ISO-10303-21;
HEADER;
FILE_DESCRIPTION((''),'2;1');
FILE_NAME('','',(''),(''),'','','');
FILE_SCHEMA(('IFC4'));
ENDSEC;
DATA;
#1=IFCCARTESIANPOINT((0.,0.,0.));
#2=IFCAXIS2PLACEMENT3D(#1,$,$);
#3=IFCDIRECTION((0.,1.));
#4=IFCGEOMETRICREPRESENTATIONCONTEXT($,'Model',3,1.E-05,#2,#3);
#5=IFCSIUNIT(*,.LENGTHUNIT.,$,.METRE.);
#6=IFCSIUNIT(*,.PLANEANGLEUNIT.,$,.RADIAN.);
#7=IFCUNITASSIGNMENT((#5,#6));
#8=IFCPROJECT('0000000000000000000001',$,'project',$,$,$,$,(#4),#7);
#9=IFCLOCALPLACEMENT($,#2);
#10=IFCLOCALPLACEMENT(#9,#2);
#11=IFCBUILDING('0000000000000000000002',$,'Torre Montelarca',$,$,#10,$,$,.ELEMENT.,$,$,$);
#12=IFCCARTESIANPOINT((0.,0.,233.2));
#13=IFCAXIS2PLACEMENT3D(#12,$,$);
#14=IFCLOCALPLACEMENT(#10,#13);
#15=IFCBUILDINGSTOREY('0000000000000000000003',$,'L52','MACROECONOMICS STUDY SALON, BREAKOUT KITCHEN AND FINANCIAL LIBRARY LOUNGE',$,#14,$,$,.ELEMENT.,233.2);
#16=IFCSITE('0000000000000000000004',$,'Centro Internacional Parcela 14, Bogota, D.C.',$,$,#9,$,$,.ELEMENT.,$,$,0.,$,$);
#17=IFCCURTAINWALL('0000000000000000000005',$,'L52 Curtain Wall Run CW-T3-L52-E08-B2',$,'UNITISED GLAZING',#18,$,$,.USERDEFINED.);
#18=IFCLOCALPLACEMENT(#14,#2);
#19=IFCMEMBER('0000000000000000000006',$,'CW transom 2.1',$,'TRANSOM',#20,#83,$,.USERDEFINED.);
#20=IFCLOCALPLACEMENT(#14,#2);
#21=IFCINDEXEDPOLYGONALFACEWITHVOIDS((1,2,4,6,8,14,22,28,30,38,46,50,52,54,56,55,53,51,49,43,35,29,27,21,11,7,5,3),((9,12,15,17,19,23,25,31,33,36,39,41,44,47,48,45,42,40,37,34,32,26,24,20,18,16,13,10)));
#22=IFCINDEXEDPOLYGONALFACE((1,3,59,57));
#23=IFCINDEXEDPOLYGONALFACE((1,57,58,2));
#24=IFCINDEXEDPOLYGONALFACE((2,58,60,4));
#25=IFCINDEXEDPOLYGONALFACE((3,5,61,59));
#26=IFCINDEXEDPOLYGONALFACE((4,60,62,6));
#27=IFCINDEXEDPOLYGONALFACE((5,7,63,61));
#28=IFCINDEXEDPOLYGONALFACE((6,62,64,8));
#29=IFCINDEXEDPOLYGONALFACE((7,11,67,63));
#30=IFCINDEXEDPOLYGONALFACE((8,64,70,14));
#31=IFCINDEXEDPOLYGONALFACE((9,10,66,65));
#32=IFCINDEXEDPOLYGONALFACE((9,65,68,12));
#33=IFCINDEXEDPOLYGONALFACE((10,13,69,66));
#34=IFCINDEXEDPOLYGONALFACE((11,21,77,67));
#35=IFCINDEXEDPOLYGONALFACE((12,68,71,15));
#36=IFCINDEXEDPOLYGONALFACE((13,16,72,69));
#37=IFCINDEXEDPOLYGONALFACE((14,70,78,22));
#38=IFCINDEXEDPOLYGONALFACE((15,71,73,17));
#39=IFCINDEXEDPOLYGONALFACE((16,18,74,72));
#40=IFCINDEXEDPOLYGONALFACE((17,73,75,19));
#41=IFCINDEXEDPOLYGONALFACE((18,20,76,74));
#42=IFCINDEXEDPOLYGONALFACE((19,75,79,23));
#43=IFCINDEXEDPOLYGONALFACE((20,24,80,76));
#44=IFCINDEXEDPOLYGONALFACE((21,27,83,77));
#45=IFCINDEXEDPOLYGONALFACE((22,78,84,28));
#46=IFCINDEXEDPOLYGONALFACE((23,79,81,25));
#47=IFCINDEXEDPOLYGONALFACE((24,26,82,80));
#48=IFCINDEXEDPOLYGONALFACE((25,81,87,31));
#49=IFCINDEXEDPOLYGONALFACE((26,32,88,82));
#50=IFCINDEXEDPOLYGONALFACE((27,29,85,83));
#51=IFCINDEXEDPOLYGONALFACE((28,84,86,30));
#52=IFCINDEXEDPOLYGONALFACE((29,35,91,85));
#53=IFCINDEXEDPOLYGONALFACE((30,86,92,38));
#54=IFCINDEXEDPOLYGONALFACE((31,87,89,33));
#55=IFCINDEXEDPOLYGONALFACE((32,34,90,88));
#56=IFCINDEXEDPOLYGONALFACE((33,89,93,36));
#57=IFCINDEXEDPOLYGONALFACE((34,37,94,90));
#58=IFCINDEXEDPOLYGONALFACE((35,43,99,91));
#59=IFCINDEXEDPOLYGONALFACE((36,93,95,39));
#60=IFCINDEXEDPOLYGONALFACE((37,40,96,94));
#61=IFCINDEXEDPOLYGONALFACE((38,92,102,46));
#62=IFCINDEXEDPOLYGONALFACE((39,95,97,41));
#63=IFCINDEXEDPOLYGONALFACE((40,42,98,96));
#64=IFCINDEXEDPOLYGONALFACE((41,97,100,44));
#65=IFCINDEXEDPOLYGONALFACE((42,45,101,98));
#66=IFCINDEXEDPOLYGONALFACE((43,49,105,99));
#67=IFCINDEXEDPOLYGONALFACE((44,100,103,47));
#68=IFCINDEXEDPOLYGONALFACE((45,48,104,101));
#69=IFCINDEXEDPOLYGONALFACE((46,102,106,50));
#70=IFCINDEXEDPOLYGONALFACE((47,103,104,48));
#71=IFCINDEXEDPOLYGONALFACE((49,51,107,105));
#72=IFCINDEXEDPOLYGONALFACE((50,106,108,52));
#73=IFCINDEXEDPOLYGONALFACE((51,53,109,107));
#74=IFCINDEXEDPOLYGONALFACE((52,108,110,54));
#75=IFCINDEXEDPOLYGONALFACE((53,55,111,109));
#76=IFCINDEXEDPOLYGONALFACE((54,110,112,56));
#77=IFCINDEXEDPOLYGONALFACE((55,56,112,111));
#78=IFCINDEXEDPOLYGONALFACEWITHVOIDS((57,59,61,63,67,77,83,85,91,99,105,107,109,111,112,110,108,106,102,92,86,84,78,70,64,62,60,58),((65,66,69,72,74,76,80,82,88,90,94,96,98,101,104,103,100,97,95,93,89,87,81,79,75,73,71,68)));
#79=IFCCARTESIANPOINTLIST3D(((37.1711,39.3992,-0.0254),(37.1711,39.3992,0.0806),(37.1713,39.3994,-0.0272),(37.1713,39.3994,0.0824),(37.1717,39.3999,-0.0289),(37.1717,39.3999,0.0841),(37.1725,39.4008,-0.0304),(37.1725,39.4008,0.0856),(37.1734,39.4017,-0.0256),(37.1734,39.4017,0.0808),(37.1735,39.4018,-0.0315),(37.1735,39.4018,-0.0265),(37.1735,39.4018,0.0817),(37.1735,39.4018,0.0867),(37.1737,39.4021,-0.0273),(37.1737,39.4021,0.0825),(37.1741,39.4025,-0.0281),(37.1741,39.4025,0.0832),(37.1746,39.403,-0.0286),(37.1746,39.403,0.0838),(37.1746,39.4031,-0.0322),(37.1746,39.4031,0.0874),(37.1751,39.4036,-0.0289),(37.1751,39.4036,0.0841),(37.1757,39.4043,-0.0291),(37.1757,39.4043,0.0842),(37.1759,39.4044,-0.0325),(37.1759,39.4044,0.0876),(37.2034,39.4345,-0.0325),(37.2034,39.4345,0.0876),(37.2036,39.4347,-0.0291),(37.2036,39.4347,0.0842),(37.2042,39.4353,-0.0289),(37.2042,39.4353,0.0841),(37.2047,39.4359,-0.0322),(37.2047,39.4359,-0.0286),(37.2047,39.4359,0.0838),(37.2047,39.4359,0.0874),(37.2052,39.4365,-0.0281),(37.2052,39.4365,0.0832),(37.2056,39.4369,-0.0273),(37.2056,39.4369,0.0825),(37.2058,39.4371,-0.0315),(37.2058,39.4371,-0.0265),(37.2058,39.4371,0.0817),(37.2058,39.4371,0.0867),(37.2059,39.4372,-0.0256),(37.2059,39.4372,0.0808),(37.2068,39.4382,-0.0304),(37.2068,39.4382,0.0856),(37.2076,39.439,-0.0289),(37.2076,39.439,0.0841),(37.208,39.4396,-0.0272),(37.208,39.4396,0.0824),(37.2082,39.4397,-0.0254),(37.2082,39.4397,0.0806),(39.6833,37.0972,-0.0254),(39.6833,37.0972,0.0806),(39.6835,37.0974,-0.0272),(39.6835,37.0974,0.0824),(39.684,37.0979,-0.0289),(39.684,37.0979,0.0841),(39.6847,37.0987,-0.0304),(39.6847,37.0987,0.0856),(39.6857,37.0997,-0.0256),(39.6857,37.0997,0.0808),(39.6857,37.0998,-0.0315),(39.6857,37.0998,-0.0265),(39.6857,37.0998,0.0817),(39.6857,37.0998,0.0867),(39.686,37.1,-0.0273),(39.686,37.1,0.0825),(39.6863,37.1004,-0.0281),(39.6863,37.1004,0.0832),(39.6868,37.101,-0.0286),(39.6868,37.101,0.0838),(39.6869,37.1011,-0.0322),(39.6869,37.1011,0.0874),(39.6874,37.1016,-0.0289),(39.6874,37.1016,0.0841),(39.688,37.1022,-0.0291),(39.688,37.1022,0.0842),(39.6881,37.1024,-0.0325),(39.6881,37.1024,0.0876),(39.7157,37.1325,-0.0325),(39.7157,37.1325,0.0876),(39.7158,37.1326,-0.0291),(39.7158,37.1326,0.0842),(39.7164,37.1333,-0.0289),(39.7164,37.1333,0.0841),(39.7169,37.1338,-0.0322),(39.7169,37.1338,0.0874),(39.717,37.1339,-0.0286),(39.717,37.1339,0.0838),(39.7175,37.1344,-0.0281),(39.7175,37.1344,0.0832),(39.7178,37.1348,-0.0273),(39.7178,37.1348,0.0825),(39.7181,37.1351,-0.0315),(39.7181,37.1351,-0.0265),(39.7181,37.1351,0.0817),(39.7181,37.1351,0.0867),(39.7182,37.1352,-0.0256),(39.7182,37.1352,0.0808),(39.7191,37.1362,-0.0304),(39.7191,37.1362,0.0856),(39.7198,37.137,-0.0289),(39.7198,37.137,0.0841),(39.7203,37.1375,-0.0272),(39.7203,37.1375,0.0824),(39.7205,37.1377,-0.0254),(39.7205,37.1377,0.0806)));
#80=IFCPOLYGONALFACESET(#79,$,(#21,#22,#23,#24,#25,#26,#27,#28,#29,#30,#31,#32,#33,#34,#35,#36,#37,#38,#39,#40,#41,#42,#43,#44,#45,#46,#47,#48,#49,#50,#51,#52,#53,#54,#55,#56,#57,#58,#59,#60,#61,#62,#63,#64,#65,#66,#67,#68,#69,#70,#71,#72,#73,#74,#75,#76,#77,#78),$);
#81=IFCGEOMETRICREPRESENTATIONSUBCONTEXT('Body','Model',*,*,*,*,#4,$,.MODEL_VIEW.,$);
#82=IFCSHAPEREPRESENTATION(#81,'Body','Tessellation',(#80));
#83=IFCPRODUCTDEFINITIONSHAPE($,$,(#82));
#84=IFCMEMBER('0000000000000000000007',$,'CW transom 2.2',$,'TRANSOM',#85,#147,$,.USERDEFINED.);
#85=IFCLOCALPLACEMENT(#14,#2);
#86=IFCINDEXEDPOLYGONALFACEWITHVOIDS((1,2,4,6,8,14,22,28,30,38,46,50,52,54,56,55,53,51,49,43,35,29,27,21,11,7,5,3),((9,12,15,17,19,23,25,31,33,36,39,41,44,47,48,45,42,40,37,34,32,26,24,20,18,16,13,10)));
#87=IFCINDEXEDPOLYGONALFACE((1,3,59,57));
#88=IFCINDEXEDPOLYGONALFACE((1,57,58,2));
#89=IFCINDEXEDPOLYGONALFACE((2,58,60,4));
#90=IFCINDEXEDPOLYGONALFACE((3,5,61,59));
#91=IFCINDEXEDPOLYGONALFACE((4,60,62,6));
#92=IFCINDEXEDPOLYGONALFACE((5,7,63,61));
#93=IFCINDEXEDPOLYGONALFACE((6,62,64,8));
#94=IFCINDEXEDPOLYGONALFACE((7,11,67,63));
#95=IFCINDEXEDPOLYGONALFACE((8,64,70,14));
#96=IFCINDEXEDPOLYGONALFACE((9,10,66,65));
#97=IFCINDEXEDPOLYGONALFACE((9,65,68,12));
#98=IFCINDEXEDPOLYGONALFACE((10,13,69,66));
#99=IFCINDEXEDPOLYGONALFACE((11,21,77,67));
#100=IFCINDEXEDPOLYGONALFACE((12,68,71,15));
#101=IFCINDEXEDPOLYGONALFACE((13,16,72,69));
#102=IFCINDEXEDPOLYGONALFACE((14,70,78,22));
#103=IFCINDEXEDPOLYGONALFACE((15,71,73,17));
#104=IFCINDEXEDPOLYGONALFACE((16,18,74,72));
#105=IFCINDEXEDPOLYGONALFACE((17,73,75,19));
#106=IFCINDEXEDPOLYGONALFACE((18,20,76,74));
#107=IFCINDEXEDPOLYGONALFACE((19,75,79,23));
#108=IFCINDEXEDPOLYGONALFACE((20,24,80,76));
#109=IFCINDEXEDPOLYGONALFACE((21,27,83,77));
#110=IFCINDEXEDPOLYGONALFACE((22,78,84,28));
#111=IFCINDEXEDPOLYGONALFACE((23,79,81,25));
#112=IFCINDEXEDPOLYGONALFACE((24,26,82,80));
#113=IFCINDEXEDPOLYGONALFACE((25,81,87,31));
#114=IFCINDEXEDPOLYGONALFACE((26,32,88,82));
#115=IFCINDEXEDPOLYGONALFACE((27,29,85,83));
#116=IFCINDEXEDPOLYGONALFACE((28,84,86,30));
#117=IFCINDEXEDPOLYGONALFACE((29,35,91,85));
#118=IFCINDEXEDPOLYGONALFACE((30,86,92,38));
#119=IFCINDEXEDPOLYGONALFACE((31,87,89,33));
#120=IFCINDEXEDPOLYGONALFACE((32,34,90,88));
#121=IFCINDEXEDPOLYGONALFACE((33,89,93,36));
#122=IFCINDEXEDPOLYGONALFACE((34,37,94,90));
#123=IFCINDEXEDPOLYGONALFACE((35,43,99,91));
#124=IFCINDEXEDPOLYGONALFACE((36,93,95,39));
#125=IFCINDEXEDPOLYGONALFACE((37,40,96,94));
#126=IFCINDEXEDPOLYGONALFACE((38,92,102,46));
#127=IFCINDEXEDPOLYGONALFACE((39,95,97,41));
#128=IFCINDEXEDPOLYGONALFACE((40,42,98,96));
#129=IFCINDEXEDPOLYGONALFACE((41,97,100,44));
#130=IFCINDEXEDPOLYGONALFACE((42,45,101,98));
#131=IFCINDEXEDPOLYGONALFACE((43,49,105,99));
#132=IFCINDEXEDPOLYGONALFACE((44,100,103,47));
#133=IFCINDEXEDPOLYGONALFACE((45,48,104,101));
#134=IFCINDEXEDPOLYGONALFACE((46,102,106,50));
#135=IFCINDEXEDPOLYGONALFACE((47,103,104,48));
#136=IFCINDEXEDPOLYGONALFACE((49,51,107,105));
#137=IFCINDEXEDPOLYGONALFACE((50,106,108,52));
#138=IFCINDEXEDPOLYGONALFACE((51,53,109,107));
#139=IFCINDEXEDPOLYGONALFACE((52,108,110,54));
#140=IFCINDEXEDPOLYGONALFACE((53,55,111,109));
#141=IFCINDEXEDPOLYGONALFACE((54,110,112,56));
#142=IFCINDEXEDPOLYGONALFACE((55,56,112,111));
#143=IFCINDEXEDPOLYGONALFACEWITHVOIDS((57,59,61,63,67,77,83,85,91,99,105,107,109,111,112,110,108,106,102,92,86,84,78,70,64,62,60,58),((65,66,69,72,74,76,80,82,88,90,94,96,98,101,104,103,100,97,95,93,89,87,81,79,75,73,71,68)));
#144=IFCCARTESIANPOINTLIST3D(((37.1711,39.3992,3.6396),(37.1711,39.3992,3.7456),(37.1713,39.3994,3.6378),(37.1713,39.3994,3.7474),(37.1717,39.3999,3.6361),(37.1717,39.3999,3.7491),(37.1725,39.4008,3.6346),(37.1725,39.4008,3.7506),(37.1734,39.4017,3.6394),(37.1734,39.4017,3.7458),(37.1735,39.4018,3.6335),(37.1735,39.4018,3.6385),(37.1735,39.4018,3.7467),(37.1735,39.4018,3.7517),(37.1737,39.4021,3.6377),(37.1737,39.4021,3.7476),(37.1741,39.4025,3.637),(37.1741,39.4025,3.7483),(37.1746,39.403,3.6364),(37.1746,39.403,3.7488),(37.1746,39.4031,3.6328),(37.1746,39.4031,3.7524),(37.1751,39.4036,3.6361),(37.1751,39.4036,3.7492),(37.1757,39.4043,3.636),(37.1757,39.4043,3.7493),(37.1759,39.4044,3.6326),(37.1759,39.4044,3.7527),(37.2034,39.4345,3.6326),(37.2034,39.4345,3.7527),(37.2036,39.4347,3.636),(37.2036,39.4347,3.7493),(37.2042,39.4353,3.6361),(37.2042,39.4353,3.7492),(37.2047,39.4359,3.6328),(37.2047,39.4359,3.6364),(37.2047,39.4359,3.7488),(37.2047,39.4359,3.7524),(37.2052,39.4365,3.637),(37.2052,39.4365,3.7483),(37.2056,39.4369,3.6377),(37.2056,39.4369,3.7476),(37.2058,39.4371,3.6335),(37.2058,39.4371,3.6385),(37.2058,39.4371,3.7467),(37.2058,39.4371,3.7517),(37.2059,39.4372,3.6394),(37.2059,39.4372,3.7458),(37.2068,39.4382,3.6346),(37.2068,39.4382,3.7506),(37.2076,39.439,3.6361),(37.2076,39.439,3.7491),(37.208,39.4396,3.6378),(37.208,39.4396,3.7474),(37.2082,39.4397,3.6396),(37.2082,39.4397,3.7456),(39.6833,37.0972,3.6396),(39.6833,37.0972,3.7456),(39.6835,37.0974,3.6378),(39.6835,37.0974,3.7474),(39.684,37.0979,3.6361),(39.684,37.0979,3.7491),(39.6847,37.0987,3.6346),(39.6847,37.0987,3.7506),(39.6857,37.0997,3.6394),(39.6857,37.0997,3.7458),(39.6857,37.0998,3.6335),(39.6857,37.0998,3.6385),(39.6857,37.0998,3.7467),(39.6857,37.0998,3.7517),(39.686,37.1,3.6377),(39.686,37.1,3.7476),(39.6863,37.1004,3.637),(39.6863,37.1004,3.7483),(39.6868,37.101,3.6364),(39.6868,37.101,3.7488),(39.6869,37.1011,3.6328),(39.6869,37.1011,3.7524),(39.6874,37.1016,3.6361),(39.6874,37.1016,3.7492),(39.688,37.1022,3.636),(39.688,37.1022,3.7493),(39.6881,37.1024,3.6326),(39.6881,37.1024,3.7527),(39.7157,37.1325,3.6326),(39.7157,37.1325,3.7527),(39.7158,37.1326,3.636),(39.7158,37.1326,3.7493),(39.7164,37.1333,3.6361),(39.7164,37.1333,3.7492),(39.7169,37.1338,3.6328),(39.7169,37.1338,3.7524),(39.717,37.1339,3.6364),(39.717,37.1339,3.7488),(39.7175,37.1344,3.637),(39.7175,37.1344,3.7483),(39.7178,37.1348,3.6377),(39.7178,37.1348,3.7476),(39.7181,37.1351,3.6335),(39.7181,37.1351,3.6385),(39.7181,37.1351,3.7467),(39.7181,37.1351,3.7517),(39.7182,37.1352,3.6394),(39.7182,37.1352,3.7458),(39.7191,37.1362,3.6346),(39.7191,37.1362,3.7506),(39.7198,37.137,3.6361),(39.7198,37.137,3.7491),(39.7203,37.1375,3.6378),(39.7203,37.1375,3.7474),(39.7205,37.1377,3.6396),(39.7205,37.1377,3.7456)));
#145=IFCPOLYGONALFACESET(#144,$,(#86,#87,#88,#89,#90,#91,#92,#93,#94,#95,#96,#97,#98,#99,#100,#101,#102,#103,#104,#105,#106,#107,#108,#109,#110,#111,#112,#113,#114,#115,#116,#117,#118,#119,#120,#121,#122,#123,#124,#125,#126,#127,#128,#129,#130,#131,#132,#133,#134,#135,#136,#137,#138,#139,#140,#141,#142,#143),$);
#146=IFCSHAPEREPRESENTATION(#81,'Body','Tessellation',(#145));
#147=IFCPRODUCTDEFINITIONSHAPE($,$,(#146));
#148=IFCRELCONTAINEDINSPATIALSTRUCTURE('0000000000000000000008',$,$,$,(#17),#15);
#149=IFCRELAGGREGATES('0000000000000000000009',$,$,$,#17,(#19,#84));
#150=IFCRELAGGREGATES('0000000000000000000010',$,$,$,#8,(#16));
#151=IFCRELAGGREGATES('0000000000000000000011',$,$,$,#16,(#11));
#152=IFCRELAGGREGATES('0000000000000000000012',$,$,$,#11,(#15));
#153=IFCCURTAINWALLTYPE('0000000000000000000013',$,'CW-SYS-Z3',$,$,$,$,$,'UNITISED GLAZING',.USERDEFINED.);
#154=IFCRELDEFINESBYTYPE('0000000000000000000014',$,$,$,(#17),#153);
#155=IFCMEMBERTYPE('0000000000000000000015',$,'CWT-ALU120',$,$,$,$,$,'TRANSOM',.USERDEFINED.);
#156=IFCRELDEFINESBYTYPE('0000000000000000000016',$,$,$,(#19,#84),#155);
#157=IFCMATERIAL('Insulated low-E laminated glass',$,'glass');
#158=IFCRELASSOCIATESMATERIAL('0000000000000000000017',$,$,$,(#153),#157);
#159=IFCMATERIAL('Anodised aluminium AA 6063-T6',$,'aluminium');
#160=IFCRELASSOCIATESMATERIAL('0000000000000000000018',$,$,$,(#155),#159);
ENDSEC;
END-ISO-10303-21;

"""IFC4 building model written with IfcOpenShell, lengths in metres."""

from ifc_helpers import new_model, si_unit, direction, frame, origin, origin_2d, place, context, subcontext, project, spatial, hollow_rectangle, extrude, source, transform, mapped, material, material_profile, profile_set, type_object, element, aggregate, save


model = new_model("IFC4")

# Units and contexts
model_context = context("Model", 3, precision=1e-05, world=origin(), true_north=direction((0.0, 1.0)))
body_context = subcontext(model_context, "Body", "Model", "MODEL_VIEW")
ifc_project = project(units=[si_unit("LENGTHUNIT", "METRE"), si_unit("PLANEANGLEUNIT", "RADIAN")], contexts=[model_context])

# Site, building, storey
site_placement = place(None, origin())
site = spatial("IfcSite", under=ifc_project, at=site_placement, Name="Centro Internacional Parcela 14, Bogota, D.C.", CompositionType="ELEMENT", RefElevation=0.0)
building_placement = place(site_placement, origin())
building = spatial("IfcBuilding", under=site, at=building_placement, Name="Torre Montelarca", CompositionType="ELEMENT")
storey_placement = place(building_placement, frame((0.0, 0.0, 233.2)))
storey = spatial("IfcBuildingStorey", under=building, at=storey_placement, Name="L52", Description="MACROECONOMICS STUDY SALON, BREAKOUT KITCHEN AND FINANCIAL LIBRARY LOUNGE", CompositionType="ELEMENT", Elevation=233.2)

# Curtain wall, members
ifc_material_1 = material(Name="Insulated low-E laminated glass", Category="glass")
curtain_wall_type = type_object("IfcCurtainWallType", Name="CW-SYS-Z3", ElementType="UNITISED GLAZING", PredefinedType="USERDEFINED", material=ifc_material_1)
curtain_wall_1_placement = place(storey_placement, origin())
curtain_wall_1 = element("IfcCurtainWall", 1, at=curtain_wall_1_placement, inside=storey, type_object=curtain_wall_type, Name="L52 Curtain Wall Run CW-T3-L52-E08-B2", ObjectType="UNITISED GLAZING", PredefinedType="USERDEFINED")
ifc_material_2 = material(Name="Anodised aluminium AA 6063-T6", Category="aluminium")
ifc_material_profile_1 = material_profile(ifc_material_2, hollow_rectangle(XDim=0.0549, YDim=0.1201, WallThickness=0.0034, InnerFilletRadius=0.0034, OuterFilletRadius=0.0071, at=origin_2d()), Name="ALU55X120X3.5", Category="aluminium")
ifc_profile_set_1 = profile_set([ifc_material_profile_1], Name="Anodised aluminium AA 6063-T6")
member_type_1 = type_object("IfcMemberType", Name="CWT-ALU120", ElementType="TRANSOM", PredefinedType="USERDEFINED", material=ifc_profile_set_1)
shared_shape_1 = source(origin(), body_context, "Body", "SweptSolid", [
    extrude(hollow_rectangle(XDim=0.0549, YDim=0.1201, WallThickness=0.0034, InnerFilletRadius=0.0034, OuterFilletRadius=0.0071, at=origin_2d()), origin(), (0.0, 0.0, 1.0), 3.4075),
])
member_1_placement = place(storey_placement, frame((39.7019, 37.1174, 0.0276), z_axis=(-0.737279, 0.675588, 0.0), x_axis=(-0.675588, -0.737279, 0.0)))
member_1 = element("IfcMember", 2, at=member_1_placement, type_object=member_type_1, Name="CW transom 2.1", ObjectType="TRANSOM", PredefinedType="USERDEFINED", context=body_context, shape_type="MappedRepresentation", body=[
    mapped(shared_shape_1, transform((0.0, 0.0, 0.0), scale=1.0)),
])
member_2_placement = place(storey_placement, frame((39.7019, 37.1174, 3.6926), z_axis=(-0.737279, 0.675588, 0.0), x_axis=(-0.675588, -0.737279, 0.0)))
member_2 = element("IfcMember", 3, at=member_2_placement, type_object=member_type_1, Name="CW transom 2.2", ObjectType="TRANSOM", PredefinedType="USERDEFINED", context=body_context, shape_type="MappedRepresentation", body=[
    mapped(shared_shape_1, transform((0.0, 0.0, 0.0), scale=1.0)),
])

aggregate(curtain_wall_1, [member_1, member_2])

save(model, "model.ifc")
